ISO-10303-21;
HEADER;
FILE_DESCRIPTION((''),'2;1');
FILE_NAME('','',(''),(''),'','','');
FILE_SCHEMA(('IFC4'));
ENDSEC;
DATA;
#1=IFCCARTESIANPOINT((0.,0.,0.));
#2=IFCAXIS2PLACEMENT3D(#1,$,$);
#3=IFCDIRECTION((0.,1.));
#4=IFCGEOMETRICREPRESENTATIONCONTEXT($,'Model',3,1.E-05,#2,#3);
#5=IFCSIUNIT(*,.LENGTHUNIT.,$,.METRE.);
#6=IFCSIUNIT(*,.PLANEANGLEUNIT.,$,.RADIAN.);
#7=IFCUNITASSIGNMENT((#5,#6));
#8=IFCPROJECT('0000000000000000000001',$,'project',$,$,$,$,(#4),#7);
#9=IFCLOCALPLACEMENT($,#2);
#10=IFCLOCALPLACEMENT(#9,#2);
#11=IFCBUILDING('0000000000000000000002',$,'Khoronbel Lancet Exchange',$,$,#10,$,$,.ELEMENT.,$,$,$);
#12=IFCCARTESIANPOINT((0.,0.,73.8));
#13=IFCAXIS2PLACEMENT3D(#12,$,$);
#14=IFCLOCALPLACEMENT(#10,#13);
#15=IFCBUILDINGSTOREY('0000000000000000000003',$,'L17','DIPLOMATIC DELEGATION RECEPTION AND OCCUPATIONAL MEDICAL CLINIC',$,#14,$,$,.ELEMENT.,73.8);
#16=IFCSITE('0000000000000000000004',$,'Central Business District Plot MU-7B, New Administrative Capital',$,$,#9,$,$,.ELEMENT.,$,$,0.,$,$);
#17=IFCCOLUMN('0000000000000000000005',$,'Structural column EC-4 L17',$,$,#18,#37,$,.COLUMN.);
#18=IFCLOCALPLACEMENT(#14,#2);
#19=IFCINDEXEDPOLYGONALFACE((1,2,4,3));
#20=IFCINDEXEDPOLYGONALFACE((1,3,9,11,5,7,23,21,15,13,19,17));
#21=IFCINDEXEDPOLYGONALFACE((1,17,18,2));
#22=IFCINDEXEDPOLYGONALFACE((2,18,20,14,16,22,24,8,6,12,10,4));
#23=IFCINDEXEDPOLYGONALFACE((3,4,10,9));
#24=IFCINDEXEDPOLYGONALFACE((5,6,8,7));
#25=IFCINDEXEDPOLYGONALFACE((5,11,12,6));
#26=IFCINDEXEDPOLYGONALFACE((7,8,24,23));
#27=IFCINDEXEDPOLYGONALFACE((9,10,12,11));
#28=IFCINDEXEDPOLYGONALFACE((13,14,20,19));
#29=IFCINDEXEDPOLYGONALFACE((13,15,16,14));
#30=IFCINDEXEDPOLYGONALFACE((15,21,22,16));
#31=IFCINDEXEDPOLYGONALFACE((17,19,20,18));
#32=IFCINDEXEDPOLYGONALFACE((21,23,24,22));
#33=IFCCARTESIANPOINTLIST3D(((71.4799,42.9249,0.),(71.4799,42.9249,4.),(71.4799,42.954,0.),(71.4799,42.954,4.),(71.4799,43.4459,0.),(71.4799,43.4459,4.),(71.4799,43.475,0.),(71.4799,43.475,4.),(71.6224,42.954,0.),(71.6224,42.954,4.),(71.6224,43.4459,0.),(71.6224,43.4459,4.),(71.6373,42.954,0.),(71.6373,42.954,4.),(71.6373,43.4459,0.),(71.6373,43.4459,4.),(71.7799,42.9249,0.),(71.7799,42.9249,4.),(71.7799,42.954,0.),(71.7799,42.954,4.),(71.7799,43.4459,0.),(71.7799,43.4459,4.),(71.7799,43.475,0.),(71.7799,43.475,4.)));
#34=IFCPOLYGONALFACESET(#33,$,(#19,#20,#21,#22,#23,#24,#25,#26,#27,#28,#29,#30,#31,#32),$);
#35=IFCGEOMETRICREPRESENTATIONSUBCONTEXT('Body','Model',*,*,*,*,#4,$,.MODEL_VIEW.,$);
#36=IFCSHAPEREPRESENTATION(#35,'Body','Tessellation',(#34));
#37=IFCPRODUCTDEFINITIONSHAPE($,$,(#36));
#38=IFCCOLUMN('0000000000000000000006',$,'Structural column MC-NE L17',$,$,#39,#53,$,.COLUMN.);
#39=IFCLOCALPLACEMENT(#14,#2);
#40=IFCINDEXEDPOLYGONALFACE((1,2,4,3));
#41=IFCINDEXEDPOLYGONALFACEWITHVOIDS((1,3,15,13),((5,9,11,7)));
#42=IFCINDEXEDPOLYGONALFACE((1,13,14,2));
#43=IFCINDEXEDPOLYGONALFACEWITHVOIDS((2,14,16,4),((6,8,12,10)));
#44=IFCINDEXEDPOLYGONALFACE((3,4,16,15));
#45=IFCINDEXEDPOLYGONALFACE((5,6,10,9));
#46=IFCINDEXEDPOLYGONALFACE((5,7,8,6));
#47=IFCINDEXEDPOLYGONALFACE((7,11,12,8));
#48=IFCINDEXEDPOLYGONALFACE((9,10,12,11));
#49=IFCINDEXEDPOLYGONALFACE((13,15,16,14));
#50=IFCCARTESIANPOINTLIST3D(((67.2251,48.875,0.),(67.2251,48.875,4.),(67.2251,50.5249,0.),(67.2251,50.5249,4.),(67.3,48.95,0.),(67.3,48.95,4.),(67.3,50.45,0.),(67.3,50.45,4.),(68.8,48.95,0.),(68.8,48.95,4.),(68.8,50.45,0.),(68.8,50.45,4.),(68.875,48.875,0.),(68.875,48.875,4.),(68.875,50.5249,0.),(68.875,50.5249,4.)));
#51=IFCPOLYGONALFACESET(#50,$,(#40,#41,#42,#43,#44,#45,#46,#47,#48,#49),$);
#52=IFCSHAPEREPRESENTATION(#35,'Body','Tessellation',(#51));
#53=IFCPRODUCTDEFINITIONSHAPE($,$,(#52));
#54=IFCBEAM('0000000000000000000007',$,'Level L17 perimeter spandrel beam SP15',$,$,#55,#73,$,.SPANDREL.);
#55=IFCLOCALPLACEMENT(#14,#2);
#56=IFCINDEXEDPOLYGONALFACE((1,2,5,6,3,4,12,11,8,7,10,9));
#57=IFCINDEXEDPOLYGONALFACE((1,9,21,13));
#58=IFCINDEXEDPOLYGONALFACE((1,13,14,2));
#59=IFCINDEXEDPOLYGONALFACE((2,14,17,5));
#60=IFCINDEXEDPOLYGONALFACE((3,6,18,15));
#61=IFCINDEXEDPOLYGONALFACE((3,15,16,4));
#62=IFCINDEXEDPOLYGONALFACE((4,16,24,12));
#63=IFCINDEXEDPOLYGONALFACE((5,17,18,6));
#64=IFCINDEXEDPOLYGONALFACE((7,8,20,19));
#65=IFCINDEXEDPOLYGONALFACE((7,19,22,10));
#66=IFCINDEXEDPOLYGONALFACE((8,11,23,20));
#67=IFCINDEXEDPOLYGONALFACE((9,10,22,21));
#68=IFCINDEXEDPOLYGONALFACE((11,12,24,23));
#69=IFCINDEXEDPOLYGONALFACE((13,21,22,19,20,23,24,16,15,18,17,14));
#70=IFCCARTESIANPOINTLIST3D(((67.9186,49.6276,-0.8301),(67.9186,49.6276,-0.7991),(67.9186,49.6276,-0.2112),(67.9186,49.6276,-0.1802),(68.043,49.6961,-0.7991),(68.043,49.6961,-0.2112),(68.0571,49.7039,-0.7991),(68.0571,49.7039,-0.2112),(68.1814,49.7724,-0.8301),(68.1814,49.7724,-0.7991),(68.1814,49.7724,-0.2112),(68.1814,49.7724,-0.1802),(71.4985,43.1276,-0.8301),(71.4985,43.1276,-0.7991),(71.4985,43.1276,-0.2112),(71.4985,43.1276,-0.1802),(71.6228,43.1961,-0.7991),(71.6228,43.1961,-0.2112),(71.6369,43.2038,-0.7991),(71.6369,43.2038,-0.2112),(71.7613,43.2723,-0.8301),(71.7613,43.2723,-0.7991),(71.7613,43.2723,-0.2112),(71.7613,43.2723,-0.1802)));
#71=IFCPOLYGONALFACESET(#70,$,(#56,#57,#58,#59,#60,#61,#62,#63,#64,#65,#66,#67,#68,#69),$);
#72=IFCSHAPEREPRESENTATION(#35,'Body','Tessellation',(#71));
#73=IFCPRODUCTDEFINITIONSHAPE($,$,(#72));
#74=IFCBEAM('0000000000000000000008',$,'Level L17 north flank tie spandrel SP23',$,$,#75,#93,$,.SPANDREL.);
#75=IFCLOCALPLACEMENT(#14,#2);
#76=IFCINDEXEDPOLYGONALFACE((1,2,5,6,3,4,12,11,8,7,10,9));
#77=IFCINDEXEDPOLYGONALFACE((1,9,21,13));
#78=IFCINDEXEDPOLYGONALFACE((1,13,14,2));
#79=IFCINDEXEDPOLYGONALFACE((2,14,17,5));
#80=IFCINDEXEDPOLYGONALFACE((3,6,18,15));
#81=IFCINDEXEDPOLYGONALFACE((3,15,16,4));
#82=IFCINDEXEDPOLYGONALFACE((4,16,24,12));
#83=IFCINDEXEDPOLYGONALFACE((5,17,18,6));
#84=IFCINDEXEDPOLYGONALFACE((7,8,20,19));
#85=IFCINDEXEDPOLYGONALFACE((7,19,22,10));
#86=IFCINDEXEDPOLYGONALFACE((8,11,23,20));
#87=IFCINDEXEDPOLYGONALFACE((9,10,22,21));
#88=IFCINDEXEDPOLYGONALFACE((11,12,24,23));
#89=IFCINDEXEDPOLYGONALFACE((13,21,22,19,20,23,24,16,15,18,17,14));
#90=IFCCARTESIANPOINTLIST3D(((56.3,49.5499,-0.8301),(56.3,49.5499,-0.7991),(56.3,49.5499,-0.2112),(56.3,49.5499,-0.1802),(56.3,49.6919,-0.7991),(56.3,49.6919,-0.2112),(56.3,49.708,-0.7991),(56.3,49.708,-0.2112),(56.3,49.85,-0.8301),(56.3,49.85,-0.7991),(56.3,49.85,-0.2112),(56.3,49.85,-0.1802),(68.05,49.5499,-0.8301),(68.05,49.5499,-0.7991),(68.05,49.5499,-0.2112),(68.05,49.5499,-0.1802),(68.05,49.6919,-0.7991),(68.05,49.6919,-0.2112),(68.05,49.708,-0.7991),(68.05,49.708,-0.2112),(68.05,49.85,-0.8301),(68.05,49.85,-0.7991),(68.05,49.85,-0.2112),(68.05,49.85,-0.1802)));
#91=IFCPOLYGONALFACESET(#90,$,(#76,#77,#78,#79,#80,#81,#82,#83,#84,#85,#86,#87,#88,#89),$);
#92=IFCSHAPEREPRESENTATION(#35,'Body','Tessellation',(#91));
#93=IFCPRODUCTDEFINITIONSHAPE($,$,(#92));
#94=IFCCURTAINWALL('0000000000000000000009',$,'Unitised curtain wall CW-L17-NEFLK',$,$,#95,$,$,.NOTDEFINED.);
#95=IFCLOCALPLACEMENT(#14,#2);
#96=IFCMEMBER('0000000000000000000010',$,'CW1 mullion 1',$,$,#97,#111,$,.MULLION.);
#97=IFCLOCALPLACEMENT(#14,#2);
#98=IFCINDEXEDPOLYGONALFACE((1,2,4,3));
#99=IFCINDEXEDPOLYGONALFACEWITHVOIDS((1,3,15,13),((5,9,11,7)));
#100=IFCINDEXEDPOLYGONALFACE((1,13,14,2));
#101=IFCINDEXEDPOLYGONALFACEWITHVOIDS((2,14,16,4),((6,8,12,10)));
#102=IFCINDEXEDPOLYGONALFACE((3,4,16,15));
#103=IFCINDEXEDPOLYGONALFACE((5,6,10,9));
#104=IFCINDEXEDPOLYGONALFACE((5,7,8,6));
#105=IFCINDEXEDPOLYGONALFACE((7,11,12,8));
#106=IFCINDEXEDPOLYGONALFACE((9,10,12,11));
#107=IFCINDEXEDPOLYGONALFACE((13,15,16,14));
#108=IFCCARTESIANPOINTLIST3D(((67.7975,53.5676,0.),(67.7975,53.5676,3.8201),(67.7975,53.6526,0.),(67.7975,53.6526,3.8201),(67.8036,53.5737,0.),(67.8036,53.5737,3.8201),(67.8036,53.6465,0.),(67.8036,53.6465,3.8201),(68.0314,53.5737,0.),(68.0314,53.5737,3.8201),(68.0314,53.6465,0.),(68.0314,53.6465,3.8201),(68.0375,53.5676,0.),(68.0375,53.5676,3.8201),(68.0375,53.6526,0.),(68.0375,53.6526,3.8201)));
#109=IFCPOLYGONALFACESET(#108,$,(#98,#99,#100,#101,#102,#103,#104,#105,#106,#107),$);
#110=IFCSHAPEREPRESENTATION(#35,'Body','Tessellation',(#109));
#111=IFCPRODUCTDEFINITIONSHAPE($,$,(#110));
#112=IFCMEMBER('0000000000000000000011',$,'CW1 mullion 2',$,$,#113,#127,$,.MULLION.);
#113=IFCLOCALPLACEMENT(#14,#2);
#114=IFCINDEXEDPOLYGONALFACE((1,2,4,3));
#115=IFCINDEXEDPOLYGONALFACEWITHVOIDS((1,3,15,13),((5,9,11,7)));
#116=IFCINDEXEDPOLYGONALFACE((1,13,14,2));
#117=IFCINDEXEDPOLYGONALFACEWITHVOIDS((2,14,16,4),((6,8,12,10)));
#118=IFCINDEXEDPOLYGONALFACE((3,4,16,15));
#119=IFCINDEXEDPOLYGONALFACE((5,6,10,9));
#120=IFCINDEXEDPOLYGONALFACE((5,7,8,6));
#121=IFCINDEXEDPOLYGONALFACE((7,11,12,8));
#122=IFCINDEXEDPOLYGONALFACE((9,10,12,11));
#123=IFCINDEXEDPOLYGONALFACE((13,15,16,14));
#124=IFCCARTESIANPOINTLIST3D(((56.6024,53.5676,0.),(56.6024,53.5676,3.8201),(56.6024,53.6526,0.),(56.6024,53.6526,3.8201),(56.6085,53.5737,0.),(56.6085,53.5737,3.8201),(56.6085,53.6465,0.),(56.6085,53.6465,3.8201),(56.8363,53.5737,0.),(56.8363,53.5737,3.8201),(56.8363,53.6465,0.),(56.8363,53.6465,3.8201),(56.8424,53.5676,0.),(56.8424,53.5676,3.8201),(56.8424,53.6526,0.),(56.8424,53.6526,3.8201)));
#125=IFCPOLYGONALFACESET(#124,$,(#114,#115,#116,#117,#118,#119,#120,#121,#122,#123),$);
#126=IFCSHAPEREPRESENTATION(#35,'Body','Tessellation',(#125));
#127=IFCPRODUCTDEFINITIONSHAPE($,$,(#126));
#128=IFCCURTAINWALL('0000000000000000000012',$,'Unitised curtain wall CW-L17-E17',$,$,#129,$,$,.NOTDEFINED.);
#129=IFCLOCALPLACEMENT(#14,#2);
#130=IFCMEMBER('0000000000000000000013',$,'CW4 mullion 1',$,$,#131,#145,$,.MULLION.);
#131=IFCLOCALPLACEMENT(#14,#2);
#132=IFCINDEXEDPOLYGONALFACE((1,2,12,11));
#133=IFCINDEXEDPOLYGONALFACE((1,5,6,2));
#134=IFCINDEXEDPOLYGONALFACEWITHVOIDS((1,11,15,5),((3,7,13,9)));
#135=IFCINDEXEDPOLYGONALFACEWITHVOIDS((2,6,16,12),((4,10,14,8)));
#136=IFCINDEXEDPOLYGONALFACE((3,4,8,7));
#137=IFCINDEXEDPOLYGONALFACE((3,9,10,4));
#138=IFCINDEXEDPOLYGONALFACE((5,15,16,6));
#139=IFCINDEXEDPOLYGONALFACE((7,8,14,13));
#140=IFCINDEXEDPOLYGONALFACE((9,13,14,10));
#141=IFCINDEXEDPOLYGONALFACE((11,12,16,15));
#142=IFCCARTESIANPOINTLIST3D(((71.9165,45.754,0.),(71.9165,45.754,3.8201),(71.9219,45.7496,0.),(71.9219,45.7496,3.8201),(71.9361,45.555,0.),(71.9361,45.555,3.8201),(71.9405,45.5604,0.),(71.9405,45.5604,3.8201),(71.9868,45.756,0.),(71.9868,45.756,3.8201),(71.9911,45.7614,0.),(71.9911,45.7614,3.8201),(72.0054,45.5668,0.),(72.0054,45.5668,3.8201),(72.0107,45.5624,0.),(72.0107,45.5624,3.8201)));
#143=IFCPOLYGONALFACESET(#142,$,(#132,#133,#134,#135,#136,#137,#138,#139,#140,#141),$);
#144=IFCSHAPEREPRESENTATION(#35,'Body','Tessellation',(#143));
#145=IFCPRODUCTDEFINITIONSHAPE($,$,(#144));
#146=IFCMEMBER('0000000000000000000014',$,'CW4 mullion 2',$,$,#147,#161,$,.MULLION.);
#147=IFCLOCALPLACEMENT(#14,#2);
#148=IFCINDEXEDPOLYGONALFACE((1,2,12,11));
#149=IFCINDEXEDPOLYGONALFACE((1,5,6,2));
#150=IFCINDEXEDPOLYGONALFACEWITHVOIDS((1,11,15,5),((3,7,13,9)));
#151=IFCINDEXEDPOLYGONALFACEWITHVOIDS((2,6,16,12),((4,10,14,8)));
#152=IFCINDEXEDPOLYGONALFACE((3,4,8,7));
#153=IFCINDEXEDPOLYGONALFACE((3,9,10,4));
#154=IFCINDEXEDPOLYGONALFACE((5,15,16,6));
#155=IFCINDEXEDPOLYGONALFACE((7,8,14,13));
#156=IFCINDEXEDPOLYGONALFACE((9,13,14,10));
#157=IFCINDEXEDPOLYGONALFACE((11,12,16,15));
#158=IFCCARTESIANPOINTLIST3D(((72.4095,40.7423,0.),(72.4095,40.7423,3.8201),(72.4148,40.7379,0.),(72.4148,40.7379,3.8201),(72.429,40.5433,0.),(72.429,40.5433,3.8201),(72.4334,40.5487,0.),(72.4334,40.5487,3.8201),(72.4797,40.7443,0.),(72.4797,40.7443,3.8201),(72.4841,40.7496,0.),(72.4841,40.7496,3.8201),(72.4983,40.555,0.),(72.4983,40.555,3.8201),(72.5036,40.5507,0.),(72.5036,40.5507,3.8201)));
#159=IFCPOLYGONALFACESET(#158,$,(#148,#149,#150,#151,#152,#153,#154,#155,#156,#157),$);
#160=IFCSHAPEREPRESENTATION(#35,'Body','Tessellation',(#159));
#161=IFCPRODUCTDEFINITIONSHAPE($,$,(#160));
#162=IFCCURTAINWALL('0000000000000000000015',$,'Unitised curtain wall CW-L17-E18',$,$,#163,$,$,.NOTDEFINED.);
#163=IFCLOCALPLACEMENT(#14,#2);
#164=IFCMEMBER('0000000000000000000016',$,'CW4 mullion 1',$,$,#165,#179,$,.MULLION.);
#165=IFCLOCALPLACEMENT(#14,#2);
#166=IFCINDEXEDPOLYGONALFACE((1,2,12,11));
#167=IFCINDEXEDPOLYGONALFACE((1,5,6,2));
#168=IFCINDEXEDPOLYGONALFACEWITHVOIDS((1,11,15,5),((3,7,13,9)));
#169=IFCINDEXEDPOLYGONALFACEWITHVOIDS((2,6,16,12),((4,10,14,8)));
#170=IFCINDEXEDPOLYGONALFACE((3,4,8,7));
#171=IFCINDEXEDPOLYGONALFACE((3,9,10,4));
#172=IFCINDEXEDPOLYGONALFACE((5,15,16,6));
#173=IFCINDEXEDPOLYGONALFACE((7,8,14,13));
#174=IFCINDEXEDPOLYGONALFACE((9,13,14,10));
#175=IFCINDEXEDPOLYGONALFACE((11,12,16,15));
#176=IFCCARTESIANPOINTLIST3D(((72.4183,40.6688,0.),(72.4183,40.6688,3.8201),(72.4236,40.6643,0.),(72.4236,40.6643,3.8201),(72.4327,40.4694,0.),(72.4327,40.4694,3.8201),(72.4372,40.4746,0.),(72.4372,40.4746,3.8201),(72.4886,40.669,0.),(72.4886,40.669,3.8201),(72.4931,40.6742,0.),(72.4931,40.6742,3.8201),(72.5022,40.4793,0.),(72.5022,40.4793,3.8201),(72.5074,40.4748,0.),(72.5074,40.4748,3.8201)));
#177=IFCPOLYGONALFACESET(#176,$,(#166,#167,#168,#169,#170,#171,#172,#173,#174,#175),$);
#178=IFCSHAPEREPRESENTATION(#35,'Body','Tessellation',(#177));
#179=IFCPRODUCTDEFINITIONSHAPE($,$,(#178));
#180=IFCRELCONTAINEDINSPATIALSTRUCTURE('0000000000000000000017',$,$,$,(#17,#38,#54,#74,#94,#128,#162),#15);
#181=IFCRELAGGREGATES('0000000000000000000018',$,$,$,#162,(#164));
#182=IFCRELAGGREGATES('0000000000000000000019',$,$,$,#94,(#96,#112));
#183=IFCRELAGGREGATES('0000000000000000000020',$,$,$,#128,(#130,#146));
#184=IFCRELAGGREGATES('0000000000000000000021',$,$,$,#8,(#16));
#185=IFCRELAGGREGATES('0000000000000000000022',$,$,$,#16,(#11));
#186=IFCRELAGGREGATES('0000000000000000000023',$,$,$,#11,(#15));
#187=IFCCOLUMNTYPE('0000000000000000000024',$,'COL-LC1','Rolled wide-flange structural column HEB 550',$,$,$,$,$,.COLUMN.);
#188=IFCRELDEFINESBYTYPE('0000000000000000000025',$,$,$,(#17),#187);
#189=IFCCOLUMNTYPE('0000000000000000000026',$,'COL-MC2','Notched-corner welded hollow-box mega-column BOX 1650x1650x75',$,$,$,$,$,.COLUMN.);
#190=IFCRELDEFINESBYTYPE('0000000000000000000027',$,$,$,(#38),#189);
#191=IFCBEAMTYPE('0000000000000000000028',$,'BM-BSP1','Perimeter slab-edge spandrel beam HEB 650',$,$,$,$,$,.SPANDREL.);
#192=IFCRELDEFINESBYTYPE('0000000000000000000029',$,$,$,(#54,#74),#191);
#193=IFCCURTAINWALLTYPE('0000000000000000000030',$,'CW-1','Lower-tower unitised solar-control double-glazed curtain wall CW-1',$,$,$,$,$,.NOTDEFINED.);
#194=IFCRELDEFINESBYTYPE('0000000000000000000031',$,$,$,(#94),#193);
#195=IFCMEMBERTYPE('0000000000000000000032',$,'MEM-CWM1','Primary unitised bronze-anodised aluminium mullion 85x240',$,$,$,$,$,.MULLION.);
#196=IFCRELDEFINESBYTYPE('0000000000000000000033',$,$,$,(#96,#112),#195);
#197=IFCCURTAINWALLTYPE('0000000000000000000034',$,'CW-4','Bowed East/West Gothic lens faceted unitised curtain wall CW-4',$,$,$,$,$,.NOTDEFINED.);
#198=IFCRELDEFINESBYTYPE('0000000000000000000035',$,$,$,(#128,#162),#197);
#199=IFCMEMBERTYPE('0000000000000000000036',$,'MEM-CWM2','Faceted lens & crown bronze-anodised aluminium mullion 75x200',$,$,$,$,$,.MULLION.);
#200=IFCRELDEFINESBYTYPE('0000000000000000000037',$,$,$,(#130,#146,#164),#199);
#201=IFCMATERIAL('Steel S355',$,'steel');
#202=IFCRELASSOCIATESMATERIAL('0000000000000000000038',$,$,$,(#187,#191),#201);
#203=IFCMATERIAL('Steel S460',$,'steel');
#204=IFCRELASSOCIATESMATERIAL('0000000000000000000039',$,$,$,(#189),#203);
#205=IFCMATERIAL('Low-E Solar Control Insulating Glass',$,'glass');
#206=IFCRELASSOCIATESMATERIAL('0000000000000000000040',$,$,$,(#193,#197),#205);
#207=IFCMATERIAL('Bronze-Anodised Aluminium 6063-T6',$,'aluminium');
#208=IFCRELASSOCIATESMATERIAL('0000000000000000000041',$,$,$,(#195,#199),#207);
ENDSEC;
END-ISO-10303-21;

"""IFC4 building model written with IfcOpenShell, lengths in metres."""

from ifc_helpers import new_model, si_unit, direction, frame, origin, origin_2d, place, context, subcontext, project, spatial, hollow_rectangle, i_section, extrude, material, material_profile, profile_set, type_object, element, aggregate, save


model = new_model("IFC4")

# Units and contexts
model_context = context("Model", 3, precision=1e-05, world=origin(), true_north=direction((0.0, 1.0)))
body_context = subcontext(model_context, "Body", "Model", "MODEL_VIEW")
ifc_project = project(units=[si_unit("LENGTHUNIT", "METRE"), si_unit("PLANEANGLEUNIT", "RADIAN")], contexts=[model_context])

# Site, building, storey
site_placement = place(None, origin())
site = spatial("IfcSite", under=ifc_project, at=site_placement, Name="Central Business District Plot MU-7B, New Administrative Capital", CompositionType="ELEMENT", RefElevation=0.0)
building_placement = place(site_placement, origin())
building = spatial("IfcBuilding", under=site, at=building_placement, Name="Khoronbel Lancet Exchange", CompositionType="ELEMENT")
storey_placement = place(building_placement, frame((0.0, 0.0, 73.8)))
storey = spatial("IfcBuildingStorey", under=building, at=storey_placement, Name="L17", Description="DIPLOMATIC DELEGATION RECEPTION AND OCCUPATIONAL MEDICAL CLINIC", CompositionType="ELEMENT", Elevation=73.8)

# Columns
ifc_material_1 = material(Name="Steel S355", Category="steel")
ifc_material_profile_1 = material_profile(ifc_material_1, i_section(OverallWidth=0.3, OverallDepth=0.55, WebThickness=0.0149, FlangeThickness=0.0291, at=origin_2d()), Name="HEB 550")
ifc_profile_set_1 = profile_set([ifc_material_profile_1], Name="Steel S355")
column_type_1 = type_object("IfcColumnType", Name="COL-LC1", Description="Rolled wide-flange structural column HEB 550", PredefinedType="COLUMN", material=ifc_profile_set_1)
column_1_placement = place(storey_placement, frame((71.6299, 43.2, 0.0), z_axis=(0.0, 0.0, 1.0), x_axis=(1.0, 0.0, 0.0)))
element("IfcColumn", 1, at=column_1_placement, inside=storey, type_object=column_type_1, Name="Structural column EC-4 L17", PredefinedType="COLUMN", context=body_context, shape_type="SweptSolid", body=[
    extrude(i_section(OverallWidth=0.3, OverallDepth=0.55, WebThickness=0.0149, FlangeThickness=0.0291, at=origin_2d()), origin(), (0.0, 0.0, 1.0), 4.0),
])
ifc_material_2 = material(Name="Steel S460", Category="steel")
ifc_material_profile_2 = material_profile(ifc_material_2, hollow_rectangle(XDim=1.6499, YDim=1.6499, WallThickness=0.075, at=origin_2d()), Name="BOX 1650x1650x75")
ifc_profile_set_2 = profile_set([ifc_material_profile_2], Name="Steel S460")
column_type_2 = type_object("IfcColumnType", Name="COL-MC2", Description="Notched-corner welded hollow-box mega-column BOX 1650x1650x75", PredefinedType="COLUMN", material=ifc_profile_set_2)
column_2_placement = place(storey_placement, frame((68.05, 49.7, 0.0), z_axis=(0.0, 0.0, 1.0), x_axis=(1.0, 0.0, 0.0)))
element("IfcColumn", 2, at=column_2_placement, inside=storey, type_object=column_type_2, Name="Structural column MC-NE L17", PredefinedType="COLUMN", context=body_context, shape_type="SweptSolid", body=[
    extrude(hollow_rectangle(XDim=1.6499, YDim=1.6499, WallThickness=0.075, at=origin_2d()), origin(), (0.0, 0.0, 1.0), 4.0),
])

# Beams
ifc_material_profile_3 = material_profile(ifc_material_1, i_section(OverallWidth=0.3, OverallDepth=0.6499, WebThickness=0.0161, FlangeThickness=0.031, at=origin_2d()), Name="HEB 650")
ifc_profile_set_3 = profile_set([ifc_material_profile_3], Name="Steel S355")
beam_type = type_object("IfcBeamType", Name="BM-BSP1", Description="Perimeter slab-edge spandrel beam HEB 650", PredefinedType="SPANDREL", material=ifc_profile_set_3)
beam_1_placement = place(storey_placement, frame((71.6299, 43.2, -0.5051), z_axis=(-0.482419, 0.875941, 0.0), x_axis=(-0.875941, -0.482419, 0.0)))
element("IfcBeam", 3, at=beam_1_placement, inside=storey, type_object=beam_type, Name="Level L17 perimeter spandrel beam SP15", PredefinedType="SPANDREL", context=body_context, shape_type="SweptSolid", body=[
    extrude(i_section(OverallWidth=0.3, OverallDepth=0.6499, WebThickness=0.0161, FlangeThickness=0.031, at=origin_2d()), origin(), (0.0, 0.0, 1.0), 7.4207),
])
beam_2_placement = place(storey_placement, frame((68.05, 49.7, -0.5051), z_axis=(-1.0, 0.0, 0.0), x_axis=(0.0, -1.0, 0.0)))
element("IfcBeam", 4, at=beam_2_placement, inside=storey, type_object=beam_type, Name="Level L17 north flank tie spandrel SP23", PredefinedType="SPANDREL", context=body_context, shape_type="SweptSolid", body=[
    extrude(i_section(OverallWidth=0.3, OverallDepth=0.6499, WebThickness=0.0161, FlangeThickness=0.031, at=origin_2d()), origin(), (0.0, 0.0, 1.0), 11.75),
])

# Curtain walls, members
ifc_material_3 = material(Name="Low-E Solar Control Insulating Glass", Category="glass")
curtain_wall_type_1 = type_object("IfcCurtainWallType", Name="CW-1", Description="Lower-tower unitised solar-control double-glazed curtain wall CW-1", PredefinedType="NOTDEFINED", material=ifc_material_3)
curtain_wall_1_placement = place(storey_placement, origin())
curtain_wall_1 = element("IfcCurtainWall", 5, at=curtain_wall_1_placement, inside=storey, type_object=curtain_wall_type_1, Name="Unitised curtain wall CW-L17-NEFLK", PredefinedType="NOTDEFINED")
ifc_material_4 = material(Name="Bronze-Anodised Aluminium 6063-T6", Category="aluminium")
ifc_material_profile_4 = material_profile(ifc_material_4, hollow_rectangle(XDim=0.085, YDim=0.24, WallThickness=0.0061, at=origin_2d()), Name="ALU MULLION 85x240")
ifc_profile_set_4 = profile_set([ifc_material_profile_4], Name="Bronze-Anodised Aluminium 6063-T6")
member_type_1 = type_object("IfcMemberType", Name="MEM-CWM1", Description="Primary unitised bronze-anodised aluminium mullion 85x240", PredefinedType="MULLION", material=ifc_profile_set_4)
member_1_placement = place(storey_placement, frame((67.9175, 53.6101, 0.0), z_axis=(0.0, 0.0, 1.0), x_axis=(0.0, -1.0, 0.0)))
member_1 = element("IfcMember", 6, at=member_1_placement, type_object=member_type_1, Name="CW1 mullion 1", PredefinedType="MULLION", context=body_context, shape_type="SweptSolid", body=[
    extrude(hollow_rectangle(XDim=0.085, YDim=0.24, WallThickness=0.0061, at=origin_2d()), origin(), (0.0, 0.0, 1.0), 3.8201),
])
member_2_placement = place(storey_placement, frame((56.7224, 53.6101, 0.0), z_axis=(0.0, 0.0, 1.0), x_axis=(0.0, -1.0, 0.0)))
member_2 = element("IfcMember", 7, at=member_2_placement, type_object=member_type_1, Name="CW1 mullion 2", PredefinedType="MULLION", context=body_context, shape_type="SweptSolid", body=[
    extrude(hollow_rectangle(XDim=0.085, YDim=0.24, WallThickness=0.0061, at=origin_2d()), origin(), (0.0, 0.0, 1.0), 3.8201),
])
curtain_wall_type_2 = type_object("IfcCurtainWallType", Name="CW-4", Description="Bowed East/West Gothic lens faceted unitised curtain wall CW-4", PredefinedType="NOTDEFINED", material=ifc_material_3)
curtain_wall_2_placement = place(storey_placement, origin())
curtain_wall_2 = element("IfcCurtainWall", 8, at=curtain_wall_2_placement, inside=storey, type_object=curtain_wall_type_2, Name="Unitised curtain wall CW-L17-E17", PredefinedType="NOTDEFINED")
ifc_material_profile_5 = material_profile(ifc_material_4, hollow_rectangle(XDim=0.075, YDim=0.2, WallThickness=0.0049, at=origin_2d()), Name="ALU MULLION 75x200")
ifc_profile_set_5 = profile_set([ifc_material_profile_5], Name="Bronze-Anodised Aluminium 6063-T6")
member_type_2 = type_object("IfcMemberType", Name="MEM-CWM2", Description="Faceted lens & crown bronze-anodised aluminium mullion 75x200", PredefinedType="MULLION", material=ifc_profile_set_5)
member_3_placement = place(storey_placement, frame((71.9636, 45.6582, 0.0), z_axis=(0.0, 0.0, 1.0), x_axis=(0.995198, 0.097886, 0.0)))
member_3 = element("IfcMember", 9, at=member_3_placement, type_object=member_type_2, Name="CW4 mullion 1", PredefinedType="MULLION", context=body_context, shape_type="SweptSolid", body=[
    extrude(hollow_rectangle(XDim=0.075, YDim=0.2, WallThickness=0.0049, at=origin_2d()), origin(), (0.0, 0.0, 1.0), 3.8201),
])
member_4_placement = place(storey_placement, frame((72.4565, 40.6465, 0.0), z_axis=(0.0, 0.0, 1.0), x_axis=(0.995198, 0.097886, 0.0)))
member_4 = element("IfcMember", 10, at=member_4_placement, type_object=member_type_2, Name="CW4 mullion 2", PredefinedType="MULLION", context=body_context, shape_type="SweptSolid", body=[
    extrude(hollow_rectangle(XDim=0.075, YDim=0.2, WallThickness=0.0049, at=origin_2d()), origin(), (0.0, 0.0, 1.0), 3.8201),
])

# Curtain wall, member
curtain_wall_3_placement = place(storey_placement, origin())
curtain_wall_3 = element("IfcCurtainWall", 11, at=curtain_wall_3_placement, inside=storey, type_object=curtain_wall_type_2, Name="Unitised curtain wall CW-L17-E18", PredefinedType="NOTDEFINED")
member_5_placement = place(storey_placement, frame((72.4629, 40.5718, 0.0), z_axis=(0.0, 0.0, 1.0), x_axis=(0.997418, 0.071819, 0.0)))
member_5 = element("IfcMember", 12, at=member_5_placement, type_object=member_type_2, Name="CW4 mullion 1", PredefinedType="MULLION", context=body_context, shape_type="SweptSolid", body=[
    extrude(hollow_rectangle(XDim=0.075, YDim=0.2, WallThickness=0.0049, at=origin_2d()), origin(), (0.0, 0.0, 1.0), 3.8201),
])

aggregate(curtain_wall_3, [member_5])

aggregate(curtain_wall_1, [member_1, member_2])
aggregate(curtain_wall_2, [member_3, member_4])

save(model, "model.ifc")
